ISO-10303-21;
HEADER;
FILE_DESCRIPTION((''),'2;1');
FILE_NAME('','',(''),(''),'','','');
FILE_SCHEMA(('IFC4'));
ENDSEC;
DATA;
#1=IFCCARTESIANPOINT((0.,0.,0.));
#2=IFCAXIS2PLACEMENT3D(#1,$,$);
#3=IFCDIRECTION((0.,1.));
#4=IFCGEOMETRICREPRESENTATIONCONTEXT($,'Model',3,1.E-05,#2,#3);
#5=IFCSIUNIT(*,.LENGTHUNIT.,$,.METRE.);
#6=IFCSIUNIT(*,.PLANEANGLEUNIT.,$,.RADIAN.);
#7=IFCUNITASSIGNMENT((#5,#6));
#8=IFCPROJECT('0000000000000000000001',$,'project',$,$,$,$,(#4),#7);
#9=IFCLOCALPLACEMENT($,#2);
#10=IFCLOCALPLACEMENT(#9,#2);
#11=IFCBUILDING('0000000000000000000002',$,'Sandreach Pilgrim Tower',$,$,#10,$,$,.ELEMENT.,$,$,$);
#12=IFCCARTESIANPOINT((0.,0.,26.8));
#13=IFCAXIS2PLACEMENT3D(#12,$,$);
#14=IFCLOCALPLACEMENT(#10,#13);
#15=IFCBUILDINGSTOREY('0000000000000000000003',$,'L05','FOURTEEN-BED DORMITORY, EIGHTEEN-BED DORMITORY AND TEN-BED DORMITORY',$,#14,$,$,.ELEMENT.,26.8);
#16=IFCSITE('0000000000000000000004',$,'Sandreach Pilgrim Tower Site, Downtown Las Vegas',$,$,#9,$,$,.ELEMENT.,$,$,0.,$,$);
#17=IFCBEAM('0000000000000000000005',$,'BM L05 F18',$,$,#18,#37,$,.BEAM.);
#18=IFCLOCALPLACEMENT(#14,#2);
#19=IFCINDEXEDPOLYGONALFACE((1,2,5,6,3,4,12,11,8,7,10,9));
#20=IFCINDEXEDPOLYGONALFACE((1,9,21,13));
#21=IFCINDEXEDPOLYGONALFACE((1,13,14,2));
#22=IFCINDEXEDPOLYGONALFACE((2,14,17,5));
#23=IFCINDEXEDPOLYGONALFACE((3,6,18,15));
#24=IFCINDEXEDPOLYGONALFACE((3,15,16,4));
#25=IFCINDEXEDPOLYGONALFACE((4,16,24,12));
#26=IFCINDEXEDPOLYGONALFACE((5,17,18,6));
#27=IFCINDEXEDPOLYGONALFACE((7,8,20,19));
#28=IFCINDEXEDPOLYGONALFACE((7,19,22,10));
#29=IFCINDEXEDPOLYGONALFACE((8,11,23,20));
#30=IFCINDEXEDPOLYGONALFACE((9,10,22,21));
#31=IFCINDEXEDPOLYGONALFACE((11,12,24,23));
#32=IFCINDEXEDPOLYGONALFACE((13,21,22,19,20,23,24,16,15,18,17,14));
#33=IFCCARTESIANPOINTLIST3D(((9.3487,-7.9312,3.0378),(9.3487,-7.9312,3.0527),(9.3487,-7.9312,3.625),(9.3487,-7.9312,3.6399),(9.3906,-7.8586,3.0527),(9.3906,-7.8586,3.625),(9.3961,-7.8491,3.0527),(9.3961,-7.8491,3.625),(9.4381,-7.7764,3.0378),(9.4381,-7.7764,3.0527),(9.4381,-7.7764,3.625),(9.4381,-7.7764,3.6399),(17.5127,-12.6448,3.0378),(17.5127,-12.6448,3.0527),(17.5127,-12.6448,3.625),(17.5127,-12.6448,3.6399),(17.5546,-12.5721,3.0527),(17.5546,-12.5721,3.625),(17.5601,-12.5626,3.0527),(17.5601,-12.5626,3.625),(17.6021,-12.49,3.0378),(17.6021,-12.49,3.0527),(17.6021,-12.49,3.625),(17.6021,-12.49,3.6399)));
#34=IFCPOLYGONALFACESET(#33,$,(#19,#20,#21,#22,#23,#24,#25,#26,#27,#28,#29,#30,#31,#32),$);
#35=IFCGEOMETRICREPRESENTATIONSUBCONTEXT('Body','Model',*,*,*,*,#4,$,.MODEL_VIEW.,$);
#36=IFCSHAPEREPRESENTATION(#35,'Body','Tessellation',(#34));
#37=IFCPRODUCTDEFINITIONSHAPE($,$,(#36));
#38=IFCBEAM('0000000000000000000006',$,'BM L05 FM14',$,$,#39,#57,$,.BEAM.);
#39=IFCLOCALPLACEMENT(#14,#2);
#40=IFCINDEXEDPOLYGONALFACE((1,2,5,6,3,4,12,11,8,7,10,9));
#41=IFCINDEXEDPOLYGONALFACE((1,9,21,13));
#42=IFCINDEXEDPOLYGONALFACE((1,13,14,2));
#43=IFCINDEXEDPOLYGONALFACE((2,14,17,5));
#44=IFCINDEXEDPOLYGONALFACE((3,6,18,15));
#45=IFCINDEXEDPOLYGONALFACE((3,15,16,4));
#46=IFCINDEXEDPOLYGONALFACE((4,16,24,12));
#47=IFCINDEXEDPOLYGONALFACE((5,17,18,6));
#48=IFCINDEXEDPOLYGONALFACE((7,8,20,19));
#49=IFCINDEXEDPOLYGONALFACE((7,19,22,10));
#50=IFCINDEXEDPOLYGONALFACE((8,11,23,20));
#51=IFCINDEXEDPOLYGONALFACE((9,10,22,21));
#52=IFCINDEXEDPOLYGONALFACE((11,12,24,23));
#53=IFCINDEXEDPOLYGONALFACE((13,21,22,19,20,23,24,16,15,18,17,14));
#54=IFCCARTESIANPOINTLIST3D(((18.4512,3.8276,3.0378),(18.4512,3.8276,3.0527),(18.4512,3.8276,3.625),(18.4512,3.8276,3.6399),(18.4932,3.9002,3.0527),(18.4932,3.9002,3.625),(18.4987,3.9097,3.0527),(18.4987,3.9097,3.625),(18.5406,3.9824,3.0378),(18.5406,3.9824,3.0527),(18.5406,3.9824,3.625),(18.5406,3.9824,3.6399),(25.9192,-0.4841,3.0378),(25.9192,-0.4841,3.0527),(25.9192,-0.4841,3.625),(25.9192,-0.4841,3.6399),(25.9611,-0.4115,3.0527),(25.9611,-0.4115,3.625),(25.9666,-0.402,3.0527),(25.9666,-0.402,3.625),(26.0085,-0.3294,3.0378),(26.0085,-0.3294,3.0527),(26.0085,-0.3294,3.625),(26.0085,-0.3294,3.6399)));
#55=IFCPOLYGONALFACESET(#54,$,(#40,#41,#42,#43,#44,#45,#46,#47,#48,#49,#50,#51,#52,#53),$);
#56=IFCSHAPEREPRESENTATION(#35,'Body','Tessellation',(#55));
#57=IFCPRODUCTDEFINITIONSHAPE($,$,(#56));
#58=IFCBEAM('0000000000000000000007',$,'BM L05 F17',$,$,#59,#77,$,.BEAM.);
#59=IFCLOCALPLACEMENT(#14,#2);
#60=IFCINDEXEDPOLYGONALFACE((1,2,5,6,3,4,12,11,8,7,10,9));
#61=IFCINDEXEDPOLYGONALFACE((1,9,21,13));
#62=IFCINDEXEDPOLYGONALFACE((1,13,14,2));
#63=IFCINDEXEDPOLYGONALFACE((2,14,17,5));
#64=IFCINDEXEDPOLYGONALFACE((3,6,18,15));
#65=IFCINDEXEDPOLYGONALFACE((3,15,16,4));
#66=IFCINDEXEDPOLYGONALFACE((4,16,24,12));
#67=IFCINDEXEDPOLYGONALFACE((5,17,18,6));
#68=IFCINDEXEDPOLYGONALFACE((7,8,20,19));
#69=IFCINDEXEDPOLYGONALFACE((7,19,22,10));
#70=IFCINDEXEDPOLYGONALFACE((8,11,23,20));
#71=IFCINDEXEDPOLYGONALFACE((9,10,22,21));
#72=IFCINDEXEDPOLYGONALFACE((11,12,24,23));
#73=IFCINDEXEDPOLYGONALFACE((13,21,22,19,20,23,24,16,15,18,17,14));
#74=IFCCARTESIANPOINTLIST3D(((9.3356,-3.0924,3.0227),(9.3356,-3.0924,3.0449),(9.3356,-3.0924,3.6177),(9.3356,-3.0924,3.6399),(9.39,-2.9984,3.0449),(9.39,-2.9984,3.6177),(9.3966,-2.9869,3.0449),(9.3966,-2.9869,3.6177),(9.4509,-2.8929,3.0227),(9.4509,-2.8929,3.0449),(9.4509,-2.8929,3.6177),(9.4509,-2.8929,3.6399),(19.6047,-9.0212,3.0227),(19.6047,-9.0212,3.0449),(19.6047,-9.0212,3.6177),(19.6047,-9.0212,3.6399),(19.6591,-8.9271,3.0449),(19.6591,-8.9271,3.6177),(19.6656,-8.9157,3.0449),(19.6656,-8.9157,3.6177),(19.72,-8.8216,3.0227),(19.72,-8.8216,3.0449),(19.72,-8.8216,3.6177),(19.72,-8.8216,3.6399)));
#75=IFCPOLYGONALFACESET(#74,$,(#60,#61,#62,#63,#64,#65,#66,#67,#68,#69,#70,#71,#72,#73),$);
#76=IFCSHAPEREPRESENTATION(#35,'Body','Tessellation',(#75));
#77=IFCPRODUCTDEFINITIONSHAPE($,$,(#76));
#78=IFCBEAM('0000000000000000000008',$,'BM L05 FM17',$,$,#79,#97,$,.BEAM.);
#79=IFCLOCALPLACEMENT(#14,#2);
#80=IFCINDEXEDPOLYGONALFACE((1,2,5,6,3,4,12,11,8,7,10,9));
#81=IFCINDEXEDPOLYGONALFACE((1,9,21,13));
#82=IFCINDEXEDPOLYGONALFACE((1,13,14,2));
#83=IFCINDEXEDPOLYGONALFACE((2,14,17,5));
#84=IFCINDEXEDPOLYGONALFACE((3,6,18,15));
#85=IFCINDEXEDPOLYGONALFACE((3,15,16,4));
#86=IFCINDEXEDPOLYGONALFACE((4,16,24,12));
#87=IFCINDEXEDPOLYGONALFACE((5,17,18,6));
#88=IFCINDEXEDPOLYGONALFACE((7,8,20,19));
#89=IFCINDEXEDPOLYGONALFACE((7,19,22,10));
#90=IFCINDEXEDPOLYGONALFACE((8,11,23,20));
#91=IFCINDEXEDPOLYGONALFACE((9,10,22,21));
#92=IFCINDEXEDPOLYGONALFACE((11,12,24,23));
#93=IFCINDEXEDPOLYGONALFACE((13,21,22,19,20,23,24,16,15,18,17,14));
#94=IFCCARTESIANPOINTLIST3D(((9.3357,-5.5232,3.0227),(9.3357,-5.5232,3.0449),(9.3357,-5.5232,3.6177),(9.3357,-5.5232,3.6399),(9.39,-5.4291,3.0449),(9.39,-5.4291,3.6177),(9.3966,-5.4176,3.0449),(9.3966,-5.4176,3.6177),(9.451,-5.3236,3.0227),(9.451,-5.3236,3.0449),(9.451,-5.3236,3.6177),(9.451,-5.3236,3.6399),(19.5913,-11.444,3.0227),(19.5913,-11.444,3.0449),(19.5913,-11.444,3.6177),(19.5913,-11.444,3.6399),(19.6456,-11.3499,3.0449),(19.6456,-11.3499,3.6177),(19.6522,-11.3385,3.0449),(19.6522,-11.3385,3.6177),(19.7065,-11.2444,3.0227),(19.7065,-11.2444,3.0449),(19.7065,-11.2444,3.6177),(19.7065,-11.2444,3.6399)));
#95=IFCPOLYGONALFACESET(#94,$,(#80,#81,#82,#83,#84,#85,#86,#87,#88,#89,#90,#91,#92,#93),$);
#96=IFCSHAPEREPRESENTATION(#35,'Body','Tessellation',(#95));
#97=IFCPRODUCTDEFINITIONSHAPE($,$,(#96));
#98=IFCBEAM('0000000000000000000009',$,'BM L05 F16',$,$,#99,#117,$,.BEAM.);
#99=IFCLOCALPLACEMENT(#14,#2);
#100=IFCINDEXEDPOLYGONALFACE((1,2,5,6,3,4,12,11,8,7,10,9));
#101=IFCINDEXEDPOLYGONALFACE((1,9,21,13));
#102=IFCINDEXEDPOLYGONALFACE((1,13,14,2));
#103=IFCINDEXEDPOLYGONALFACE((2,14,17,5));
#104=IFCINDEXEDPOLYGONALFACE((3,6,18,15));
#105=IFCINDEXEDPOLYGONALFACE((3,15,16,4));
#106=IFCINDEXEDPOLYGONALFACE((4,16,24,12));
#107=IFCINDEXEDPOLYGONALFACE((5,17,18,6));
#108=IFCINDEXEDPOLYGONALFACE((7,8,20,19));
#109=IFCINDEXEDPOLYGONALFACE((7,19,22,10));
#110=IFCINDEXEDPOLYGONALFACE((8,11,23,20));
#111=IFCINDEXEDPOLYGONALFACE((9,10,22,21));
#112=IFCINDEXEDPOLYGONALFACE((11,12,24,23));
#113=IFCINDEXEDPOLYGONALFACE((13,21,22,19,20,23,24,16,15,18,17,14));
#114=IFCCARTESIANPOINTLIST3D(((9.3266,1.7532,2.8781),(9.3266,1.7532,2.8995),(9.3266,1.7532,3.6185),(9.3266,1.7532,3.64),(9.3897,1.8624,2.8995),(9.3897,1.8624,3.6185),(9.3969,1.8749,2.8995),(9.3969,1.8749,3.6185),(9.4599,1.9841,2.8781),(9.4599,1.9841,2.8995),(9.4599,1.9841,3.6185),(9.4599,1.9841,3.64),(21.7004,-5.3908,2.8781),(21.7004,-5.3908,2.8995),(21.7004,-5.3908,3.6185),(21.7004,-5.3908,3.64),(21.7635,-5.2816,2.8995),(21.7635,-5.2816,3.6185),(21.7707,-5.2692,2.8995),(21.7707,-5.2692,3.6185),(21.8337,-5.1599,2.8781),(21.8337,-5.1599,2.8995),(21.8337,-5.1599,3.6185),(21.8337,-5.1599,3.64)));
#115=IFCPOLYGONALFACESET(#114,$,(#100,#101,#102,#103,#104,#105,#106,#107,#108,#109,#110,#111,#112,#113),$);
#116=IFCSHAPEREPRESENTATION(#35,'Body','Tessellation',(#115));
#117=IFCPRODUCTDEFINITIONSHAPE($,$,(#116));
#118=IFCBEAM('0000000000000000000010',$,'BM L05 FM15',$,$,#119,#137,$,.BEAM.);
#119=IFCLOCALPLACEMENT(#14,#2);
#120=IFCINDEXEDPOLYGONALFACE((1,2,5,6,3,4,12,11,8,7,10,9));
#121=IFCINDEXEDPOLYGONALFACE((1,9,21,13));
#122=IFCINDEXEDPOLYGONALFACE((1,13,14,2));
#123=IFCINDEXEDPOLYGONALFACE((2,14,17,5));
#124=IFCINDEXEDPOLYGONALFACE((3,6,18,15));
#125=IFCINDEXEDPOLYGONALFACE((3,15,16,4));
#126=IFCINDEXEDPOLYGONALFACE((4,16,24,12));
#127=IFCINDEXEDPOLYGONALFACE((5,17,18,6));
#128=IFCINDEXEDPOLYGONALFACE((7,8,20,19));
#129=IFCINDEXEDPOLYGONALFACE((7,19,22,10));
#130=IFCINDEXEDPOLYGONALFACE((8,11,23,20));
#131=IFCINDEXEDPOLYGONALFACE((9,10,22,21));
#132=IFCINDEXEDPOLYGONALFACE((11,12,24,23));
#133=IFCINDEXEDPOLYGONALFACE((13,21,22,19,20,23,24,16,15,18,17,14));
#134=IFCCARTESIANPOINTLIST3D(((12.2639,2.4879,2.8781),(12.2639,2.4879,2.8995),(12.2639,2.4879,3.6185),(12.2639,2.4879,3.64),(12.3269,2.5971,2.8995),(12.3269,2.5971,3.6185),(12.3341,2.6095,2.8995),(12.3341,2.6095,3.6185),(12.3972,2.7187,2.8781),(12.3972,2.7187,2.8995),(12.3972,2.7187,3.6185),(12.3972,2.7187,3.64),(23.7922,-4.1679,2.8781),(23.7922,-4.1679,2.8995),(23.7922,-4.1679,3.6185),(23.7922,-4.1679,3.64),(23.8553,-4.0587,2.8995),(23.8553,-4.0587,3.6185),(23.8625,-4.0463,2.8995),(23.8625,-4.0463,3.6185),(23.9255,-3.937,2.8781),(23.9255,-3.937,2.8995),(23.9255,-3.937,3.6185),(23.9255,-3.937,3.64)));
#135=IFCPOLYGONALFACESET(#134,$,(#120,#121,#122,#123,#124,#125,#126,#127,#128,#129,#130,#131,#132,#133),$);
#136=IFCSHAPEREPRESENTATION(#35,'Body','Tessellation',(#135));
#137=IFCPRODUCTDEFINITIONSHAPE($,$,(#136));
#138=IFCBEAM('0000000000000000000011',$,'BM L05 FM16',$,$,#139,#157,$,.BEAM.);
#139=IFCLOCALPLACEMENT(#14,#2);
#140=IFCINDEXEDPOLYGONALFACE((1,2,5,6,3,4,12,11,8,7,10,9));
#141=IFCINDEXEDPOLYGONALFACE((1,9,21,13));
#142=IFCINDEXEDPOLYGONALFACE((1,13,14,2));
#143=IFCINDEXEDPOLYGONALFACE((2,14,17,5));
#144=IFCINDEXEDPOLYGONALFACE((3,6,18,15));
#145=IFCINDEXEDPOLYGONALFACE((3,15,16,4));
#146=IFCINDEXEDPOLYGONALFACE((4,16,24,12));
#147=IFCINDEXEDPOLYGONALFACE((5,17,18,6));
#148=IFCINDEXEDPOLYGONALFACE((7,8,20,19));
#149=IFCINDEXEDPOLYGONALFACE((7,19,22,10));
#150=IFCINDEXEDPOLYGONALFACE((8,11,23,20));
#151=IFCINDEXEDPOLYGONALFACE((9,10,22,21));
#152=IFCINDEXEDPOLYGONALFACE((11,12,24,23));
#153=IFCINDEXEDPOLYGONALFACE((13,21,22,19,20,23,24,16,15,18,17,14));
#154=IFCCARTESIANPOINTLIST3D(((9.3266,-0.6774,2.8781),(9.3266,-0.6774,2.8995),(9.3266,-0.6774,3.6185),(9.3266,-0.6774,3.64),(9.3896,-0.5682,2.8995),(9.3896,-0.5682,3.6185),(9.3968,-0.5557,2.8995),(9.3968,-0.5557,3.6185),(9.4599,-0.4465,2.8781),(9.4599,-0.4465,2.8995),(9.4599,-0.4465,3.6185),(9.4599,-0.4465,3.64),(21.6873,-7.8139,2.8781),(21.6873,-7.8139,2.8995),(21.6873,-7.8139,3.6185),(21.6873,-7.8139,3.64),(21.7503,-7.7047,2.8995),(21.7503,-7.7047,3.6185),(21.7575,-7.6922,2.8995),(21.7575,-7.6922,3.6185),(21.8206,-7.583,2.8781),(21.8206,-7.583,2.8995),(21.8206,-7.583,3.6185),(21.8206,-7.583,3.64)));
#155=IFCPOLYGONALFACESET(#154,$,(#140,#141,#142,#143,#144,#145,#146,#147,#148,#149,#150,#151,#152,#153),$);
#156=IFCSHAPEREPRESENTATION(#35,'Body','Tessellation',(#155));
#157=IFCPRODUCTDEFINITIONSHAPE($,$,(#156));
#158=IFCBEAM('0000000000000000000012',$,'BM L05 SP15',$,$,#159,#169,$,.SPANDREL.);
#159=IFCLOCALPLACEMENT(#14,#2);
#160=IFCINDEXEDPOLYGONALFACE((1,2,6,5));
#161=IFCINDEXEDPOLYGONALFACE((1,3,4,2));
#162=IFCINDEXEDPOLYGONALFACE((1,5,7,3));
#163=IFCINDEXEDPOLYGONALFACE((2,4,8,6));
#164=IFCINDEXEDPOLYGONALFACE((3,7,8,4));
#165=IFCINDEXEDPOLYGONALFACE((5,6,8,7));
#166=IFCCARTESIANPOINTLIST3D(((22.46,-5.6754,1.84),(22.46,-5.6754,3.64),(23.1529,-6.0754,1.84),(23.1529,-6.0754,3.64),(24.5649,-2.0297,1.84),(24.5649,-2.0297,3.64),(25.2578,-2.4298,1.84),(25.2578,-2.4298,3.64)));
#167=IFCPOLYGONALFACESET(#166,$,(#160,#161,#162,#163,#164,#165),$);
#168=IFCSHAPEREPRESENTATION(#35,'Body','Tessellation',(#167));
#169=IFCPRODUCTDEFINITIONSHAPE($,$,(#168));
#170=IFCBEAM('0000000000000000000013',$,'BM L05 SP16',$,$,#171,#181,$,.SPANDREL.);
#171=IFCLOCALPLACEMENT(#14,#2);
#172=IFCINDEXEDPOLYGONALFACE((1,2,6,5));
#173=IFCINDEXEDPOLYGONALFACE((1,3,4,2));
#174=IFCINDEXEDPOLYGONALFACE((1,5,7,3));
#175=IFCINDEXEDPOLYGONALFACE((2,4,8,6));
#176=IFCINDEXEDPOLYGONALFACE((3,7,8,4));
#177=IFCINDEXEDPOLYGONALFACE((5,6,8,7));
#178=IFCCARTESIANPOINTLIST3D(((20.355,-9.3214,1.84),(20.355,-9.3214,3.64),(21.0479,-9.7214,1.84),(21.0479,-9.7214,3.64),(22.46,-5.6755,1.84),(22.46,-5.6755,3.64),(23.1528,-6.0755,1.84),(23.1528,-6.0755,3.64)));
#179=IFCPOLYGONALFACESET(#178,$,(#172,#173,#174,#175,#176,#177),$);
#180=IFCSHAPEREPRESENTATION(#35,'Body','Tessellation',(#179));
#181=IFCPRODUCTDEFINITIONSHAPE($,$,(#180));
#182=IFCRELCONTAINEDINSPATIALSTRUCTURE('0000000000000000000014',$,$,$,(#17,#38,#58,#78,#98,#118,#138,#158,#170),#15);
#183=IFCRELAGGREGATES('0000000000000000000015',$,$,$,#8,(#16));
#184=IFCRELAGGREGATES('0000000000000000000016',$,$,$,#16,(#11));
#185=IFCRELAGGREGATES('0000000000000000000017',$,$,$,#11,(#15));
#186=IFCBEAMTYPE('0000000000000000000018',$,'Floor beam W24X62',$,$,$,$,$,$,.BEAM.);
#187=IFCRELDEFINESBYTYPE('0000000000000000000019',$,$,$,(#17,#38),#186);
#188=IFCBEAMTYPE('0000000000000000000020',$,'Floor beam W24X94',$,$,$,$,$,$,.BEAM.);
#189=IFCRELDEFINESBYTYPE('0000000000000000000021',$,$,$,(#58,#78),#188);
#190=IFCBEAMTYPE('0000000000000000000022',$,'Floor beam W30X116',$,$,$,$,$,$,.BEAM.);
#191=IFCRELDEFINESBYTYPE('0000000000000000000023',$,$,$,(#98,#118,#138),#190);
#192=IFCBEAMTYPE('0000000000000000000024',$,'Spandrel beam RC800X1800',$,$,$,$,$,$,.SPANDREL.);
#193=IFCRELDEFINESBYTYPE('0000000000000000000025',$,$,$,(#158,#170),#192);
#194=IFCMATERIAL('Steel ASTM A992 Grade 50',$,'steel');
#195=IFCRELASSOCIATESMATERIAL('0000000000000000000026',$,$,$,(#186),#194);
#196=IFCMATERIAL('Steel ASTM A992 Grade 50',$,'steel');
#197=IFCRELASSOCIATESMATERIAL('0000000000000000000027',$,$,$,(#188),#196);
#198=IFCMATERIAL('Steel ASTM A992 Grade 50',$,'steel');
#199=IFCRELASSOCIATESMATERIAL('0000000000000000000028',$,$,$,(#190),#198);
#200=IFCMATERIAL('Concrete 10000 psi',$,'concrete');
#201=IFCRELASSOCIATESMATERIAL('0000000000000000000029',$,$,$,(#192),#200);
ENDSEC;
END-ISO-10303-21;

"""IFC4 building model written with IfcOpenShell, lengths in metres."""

from ifc_helpers import new_model, si_unit, direction, frame, origin, origin_2d, place, context, subcontext, project, spatial, rectangle, i_section, extrude, material, material_profile, profile_set, type_object, element, save


model = new_model("IFC4")

# Units and contexts
model_context = context("Model", 3, precision=1e-05, world=origin(), true_north=direction((0.0, 1.0)))
body_context = subcontext(model_context, "Body", "Model", "MODEL_VIEW")
ifc_project = project(units=[si_unit("LENGTHUNIT", "METRE"), si_unit("PLANEANGLEUNIT", "RADIAN")], contexts=[model_context])

# Site, building, storey
site_placement = place(None, origin())
site = spatial("IfcSite", under=ifc_project, at=site_placement, Name="Sandreach Pilgrim Tower Site, Downtown Las Vegas", CompositionType="ELEMENT", RefElevation=0.0)
building_placement = place(site_placement, origin())
building = spatial("IfcBuilding", under=site, at=building_placement, Name="Sandreach Pilgrim Tower", CompositionType="ELEMENT")
storey_placement = place(building_placement, frame((0.0, 0.0, 26.8)))
storey = spatial("IfcBuildingStorey", under=building, at=storey_placement, Name="L05", Description="FOURTEEN-BED DORMITORY, EIGHTEEN-BED DORMITORY AND TEN-BED DORMITORY", CompositionType="ELEMENT", Elevation=26.8)

# Beams
ifc_material_1 = material(Name="Steel ASTM A992 Grade 50", Category="steel")
ifc_material_profile_1 = material_profile(ifc_material_1, i_section(OverallWidth=0.1787, OverallDepth=0.6021, WebThickness=0.011, FlangeThickness=0.0149, at=origin_2d()), Name="W24X62")
ifc_profile_set_1 = profile_set([ifc_material_profile_1], Name="Steel ASTM A992 Grade 50")
beam_type_1 = type_object("IfcBeamType", Name="Floor beam W24X62", PredefinedType="BEAM", material=ifc_profile_set_1)
beam_1_placement = place(storey_placement, frame((17.5574, -12.5674, 3.3389), z_axis=(-0.866021, 0.500008, 0.0), x_axis=(-0.500008, -0.866021, 0.0)))
element("IfcBeam", 1, at=beam_1_placement, inside=storey, type_object=beam_type_1, Name="BM L05 F18", PredefinedType="BEAM", context=body_context, shape_type="SweptSolid", body=[
    extrude(i_section(OverallWidth=0.1787, OverallDepth=0.6021, WebThickness=0.011, FlangeThickness=0.0149, at=origin_2d()), origin(), (0.0, 0.0, 1.0), 9.427),
])
beam_2_placement = place(storey_placement, frame((25.9639, -0.4067, 3.3389), z_axis=(-0.86602, 0.500009, 0.0), x_axis=(-0.500009, -0.86602, 0.0)))
element("IfcBeam", 2, at=beam_2_placement, inside=storey, type_object=beam_type_1, Name="BM L05 FM14", PredefinedType="BEAM", context=body_context, shape_type="SweptSolid", body=[
    extrude(i_section(OverallWidth=0.1787, OverallDepth=0.6021, WebThickness=0.011, FlangeThickness=0.0149, at=origin_2d()), origin(), (0.0, 0.0, 1.0), 8.6233),
])
ifc_material_2 = material(Name="Steel ASTM A992 Grade 50", Category="steel")
ifc_material_profile_2 = material_profile(ifc_material_2, i_section(OverallWidth=0.2305, OverallDepth=0.6172, WebThickness=0.0132, FlangeThickness=0.0222, at=origin_2d()), Name="W24X94")
ifc_profile_set_2 = profile_set([ifc_material_profile_2], Name="Steel ASTM A992 Grade 50")
beam_type_2 = type_object("IfcBeamType", Name="Floor beam W24X94", PredefinedType="BEAM", material=ifc_profile_set_2)
beam_3_placement = place(storey_placement, frame((19.6624, -8.9214, 3.3313), z_axis=(-0.86603, 0.499992, 0.0), x_axis=(-0.499992, -0.86603, 0.0)))
element("IfcBeam", 3, at=beam_3_placement, inside=storey, type_object=beam_type_2, Name="BM L05 F17", PredefinedType="BEAM", context=body_context, shape_type="SweptSolid", body=[
    extrude(i_section(OverallWidth=0.2305, OverallDepth=0.6172, WebThickness=0.0132, FlangeThickness=0.0222, at=origin_2d()), origin(), (0.0, 0.0, 1.0), 11.8577),
])
beam_4_placement = place(storey_placement, frame((19.6489, -11.3442, 3.3313), z_axis=(-0.866032, 0.499988, 0.0), x_axis=(-0.499988, -0.866032, 0.0)))
element("IfcBeam", 4, at=beam_4_placement, inside=storey, type_object=beam_type_2, Name="BM L05 FM17", PredefinedType="BEAM", context=body_context, shape_type="SweptSolid", body=[
    extrude(i_section(OverallWidth=0.2305, OverallDepth=0.6172, WebThickness=0.0132, FlangeThickness=0.0222, at=origin_2d()), origin(), (0.0, 0.0, 1.0), 11.842),
])
ifc_material_3 = material(Name="Steel ASTM A992 Grade 50", Category="steel")
ifc_material_profile_3 = material_profile(ifc_material_3, i_section(OverallWidth=0.2666, OverallDepth=0.762, WebThickness=0.0144, FlangeThickness=0.0215, at=origin_2d()), Name="W30X116")
ifc_profile_set_3 = profile_set([ifc_material_profile_3], Name="Steel ASTM A992 Grade 50")
beam_type_3 = type_object("IfcBeamType", Name="Floor beam W30X116", PredefinedType="BEAM", material=ifc_profile_set_3)
beam_5_placement = place(storey_placement, frame((21.7671, -5.2754, 3.259), z_axis=(-0.866024, 0.500002, 0.0), x_axis=(-0.500002, -0.866024, 0.0)))
element("IfcBeam", 5, at=beam_5_placement, inside=storey, type_object=beam_type_3, Name="BM L05 F16", PredefinedType="BEAM", context=body_context, shape_type="SweptSolid", body=[
    extrude(i_section(OverallWidth=0.2666, OverallDepth=0.762, WebThickness=0.0144, FlangeThickness=0.0215, at=origin_2d()), origin(), (0.0, 0.0, 1.0), 14.2881),
])
beam_6_placement = place(storey_placement, frame((23.8589, -4.0525, 3.259), z_axis=(-0.866029, 0.499993, 0.0), x_axis=(-0.499993, -0.866029, 0.0)))
element("IfcBeam", 6, at=beam_6_placement, inside=storey, type_object=beam_type_3, Name="BM L05 FM15", PredefinedType="BEAM", context=body_context, shape_type="SweptSolid", body=[
    extrude(i_section(OverallWidth=0.2666, OverallDepth=0.762, WebThickness=0.0144, FlangeThickness=0.0215, at=origin_2d()), origin(), (0.0, 0.0, 1.0), 13.3118),
])
beam_7_placement = place(storey_placement, frame((21.7539, -7.6985, 3.259), z_axis=(-0.866023, 0.500004, 0.0), x_axis=(-0.500004, -0.866023, 0.0)))
element("IfcBeam", 7, at=beam_7_placement, inside=storey, type_object=beam_type_3, Name="BM L05 FM16", PredefinedType="BEAM", context=body_context, shape_type="SweptSolid", body=[
    extrude(i_section(OverallWidth=0.2666, OverallDepth=0.762, WebThickness=0.0144, FlangeThickness=0.0215, at=origin_2d()), origin(), (0.0, 0.0, 1.0), 14.2729),
])
ifc_material_4 = material(Name="Concrete 10000 psi", Category="concrete")
ifc_material_profile_4 = material_profile(ifc_material_4, rectangle(XDim=0.8, YDim=1.8, at=origin_2d()), Name="RC800X1800")
ifc_profile_set_4 = profile_set([ifc_material_profile_4], Name="Concrete 10000 psi")
beam_type_4 = type_object("IfcBeamType", Name="Spandrel beam RC800X1800", PredefinedType="SPANDREL", material=ifc_profile_set_4)
beam_8_placement = place(storey_placement, frame((24.9114, -2.2297, 2.74), z_axis=(-0.500019, -0.866015, 0.0), x_axis=(0.866015, -0.500019, 0.0)))
element("IfcBeam", 8, at=beam_8_placement, inside=storey, type_object=beam_type_4, Name="BM L05 SP15", PredefinedType="SPANDREL", context=body_context, shape_type="SweptSolid", body=[
    extrude(rectangle(XDim=0.8, YDim=1.8, at=origin_2d()), origin(), (0.0, 0.0, 1.0), 4.2097),
])
beam_9_placement = place(storey_placement, frame((22.8064, -5.8755, 2.74), z_axis=(-0.499994, -0.866029, 0.0), x_axis=(0.866029, -0.499994, 0.0)))
element("IfcBeam", 9, at=beam_9_placement, inside=storey, type_object=beam_type_4, Name="BM L05 SP16", PredefinedType="SPANDREL", context=body_context, shape_type="SweptSolid", body=[
    extrude(rectangle(XDim=0.8, YDim=1.8, at=origin_2d()), origin(), (0.0, 0.0, 1.0), 4.21),
])

save(model, "model.ifc")
